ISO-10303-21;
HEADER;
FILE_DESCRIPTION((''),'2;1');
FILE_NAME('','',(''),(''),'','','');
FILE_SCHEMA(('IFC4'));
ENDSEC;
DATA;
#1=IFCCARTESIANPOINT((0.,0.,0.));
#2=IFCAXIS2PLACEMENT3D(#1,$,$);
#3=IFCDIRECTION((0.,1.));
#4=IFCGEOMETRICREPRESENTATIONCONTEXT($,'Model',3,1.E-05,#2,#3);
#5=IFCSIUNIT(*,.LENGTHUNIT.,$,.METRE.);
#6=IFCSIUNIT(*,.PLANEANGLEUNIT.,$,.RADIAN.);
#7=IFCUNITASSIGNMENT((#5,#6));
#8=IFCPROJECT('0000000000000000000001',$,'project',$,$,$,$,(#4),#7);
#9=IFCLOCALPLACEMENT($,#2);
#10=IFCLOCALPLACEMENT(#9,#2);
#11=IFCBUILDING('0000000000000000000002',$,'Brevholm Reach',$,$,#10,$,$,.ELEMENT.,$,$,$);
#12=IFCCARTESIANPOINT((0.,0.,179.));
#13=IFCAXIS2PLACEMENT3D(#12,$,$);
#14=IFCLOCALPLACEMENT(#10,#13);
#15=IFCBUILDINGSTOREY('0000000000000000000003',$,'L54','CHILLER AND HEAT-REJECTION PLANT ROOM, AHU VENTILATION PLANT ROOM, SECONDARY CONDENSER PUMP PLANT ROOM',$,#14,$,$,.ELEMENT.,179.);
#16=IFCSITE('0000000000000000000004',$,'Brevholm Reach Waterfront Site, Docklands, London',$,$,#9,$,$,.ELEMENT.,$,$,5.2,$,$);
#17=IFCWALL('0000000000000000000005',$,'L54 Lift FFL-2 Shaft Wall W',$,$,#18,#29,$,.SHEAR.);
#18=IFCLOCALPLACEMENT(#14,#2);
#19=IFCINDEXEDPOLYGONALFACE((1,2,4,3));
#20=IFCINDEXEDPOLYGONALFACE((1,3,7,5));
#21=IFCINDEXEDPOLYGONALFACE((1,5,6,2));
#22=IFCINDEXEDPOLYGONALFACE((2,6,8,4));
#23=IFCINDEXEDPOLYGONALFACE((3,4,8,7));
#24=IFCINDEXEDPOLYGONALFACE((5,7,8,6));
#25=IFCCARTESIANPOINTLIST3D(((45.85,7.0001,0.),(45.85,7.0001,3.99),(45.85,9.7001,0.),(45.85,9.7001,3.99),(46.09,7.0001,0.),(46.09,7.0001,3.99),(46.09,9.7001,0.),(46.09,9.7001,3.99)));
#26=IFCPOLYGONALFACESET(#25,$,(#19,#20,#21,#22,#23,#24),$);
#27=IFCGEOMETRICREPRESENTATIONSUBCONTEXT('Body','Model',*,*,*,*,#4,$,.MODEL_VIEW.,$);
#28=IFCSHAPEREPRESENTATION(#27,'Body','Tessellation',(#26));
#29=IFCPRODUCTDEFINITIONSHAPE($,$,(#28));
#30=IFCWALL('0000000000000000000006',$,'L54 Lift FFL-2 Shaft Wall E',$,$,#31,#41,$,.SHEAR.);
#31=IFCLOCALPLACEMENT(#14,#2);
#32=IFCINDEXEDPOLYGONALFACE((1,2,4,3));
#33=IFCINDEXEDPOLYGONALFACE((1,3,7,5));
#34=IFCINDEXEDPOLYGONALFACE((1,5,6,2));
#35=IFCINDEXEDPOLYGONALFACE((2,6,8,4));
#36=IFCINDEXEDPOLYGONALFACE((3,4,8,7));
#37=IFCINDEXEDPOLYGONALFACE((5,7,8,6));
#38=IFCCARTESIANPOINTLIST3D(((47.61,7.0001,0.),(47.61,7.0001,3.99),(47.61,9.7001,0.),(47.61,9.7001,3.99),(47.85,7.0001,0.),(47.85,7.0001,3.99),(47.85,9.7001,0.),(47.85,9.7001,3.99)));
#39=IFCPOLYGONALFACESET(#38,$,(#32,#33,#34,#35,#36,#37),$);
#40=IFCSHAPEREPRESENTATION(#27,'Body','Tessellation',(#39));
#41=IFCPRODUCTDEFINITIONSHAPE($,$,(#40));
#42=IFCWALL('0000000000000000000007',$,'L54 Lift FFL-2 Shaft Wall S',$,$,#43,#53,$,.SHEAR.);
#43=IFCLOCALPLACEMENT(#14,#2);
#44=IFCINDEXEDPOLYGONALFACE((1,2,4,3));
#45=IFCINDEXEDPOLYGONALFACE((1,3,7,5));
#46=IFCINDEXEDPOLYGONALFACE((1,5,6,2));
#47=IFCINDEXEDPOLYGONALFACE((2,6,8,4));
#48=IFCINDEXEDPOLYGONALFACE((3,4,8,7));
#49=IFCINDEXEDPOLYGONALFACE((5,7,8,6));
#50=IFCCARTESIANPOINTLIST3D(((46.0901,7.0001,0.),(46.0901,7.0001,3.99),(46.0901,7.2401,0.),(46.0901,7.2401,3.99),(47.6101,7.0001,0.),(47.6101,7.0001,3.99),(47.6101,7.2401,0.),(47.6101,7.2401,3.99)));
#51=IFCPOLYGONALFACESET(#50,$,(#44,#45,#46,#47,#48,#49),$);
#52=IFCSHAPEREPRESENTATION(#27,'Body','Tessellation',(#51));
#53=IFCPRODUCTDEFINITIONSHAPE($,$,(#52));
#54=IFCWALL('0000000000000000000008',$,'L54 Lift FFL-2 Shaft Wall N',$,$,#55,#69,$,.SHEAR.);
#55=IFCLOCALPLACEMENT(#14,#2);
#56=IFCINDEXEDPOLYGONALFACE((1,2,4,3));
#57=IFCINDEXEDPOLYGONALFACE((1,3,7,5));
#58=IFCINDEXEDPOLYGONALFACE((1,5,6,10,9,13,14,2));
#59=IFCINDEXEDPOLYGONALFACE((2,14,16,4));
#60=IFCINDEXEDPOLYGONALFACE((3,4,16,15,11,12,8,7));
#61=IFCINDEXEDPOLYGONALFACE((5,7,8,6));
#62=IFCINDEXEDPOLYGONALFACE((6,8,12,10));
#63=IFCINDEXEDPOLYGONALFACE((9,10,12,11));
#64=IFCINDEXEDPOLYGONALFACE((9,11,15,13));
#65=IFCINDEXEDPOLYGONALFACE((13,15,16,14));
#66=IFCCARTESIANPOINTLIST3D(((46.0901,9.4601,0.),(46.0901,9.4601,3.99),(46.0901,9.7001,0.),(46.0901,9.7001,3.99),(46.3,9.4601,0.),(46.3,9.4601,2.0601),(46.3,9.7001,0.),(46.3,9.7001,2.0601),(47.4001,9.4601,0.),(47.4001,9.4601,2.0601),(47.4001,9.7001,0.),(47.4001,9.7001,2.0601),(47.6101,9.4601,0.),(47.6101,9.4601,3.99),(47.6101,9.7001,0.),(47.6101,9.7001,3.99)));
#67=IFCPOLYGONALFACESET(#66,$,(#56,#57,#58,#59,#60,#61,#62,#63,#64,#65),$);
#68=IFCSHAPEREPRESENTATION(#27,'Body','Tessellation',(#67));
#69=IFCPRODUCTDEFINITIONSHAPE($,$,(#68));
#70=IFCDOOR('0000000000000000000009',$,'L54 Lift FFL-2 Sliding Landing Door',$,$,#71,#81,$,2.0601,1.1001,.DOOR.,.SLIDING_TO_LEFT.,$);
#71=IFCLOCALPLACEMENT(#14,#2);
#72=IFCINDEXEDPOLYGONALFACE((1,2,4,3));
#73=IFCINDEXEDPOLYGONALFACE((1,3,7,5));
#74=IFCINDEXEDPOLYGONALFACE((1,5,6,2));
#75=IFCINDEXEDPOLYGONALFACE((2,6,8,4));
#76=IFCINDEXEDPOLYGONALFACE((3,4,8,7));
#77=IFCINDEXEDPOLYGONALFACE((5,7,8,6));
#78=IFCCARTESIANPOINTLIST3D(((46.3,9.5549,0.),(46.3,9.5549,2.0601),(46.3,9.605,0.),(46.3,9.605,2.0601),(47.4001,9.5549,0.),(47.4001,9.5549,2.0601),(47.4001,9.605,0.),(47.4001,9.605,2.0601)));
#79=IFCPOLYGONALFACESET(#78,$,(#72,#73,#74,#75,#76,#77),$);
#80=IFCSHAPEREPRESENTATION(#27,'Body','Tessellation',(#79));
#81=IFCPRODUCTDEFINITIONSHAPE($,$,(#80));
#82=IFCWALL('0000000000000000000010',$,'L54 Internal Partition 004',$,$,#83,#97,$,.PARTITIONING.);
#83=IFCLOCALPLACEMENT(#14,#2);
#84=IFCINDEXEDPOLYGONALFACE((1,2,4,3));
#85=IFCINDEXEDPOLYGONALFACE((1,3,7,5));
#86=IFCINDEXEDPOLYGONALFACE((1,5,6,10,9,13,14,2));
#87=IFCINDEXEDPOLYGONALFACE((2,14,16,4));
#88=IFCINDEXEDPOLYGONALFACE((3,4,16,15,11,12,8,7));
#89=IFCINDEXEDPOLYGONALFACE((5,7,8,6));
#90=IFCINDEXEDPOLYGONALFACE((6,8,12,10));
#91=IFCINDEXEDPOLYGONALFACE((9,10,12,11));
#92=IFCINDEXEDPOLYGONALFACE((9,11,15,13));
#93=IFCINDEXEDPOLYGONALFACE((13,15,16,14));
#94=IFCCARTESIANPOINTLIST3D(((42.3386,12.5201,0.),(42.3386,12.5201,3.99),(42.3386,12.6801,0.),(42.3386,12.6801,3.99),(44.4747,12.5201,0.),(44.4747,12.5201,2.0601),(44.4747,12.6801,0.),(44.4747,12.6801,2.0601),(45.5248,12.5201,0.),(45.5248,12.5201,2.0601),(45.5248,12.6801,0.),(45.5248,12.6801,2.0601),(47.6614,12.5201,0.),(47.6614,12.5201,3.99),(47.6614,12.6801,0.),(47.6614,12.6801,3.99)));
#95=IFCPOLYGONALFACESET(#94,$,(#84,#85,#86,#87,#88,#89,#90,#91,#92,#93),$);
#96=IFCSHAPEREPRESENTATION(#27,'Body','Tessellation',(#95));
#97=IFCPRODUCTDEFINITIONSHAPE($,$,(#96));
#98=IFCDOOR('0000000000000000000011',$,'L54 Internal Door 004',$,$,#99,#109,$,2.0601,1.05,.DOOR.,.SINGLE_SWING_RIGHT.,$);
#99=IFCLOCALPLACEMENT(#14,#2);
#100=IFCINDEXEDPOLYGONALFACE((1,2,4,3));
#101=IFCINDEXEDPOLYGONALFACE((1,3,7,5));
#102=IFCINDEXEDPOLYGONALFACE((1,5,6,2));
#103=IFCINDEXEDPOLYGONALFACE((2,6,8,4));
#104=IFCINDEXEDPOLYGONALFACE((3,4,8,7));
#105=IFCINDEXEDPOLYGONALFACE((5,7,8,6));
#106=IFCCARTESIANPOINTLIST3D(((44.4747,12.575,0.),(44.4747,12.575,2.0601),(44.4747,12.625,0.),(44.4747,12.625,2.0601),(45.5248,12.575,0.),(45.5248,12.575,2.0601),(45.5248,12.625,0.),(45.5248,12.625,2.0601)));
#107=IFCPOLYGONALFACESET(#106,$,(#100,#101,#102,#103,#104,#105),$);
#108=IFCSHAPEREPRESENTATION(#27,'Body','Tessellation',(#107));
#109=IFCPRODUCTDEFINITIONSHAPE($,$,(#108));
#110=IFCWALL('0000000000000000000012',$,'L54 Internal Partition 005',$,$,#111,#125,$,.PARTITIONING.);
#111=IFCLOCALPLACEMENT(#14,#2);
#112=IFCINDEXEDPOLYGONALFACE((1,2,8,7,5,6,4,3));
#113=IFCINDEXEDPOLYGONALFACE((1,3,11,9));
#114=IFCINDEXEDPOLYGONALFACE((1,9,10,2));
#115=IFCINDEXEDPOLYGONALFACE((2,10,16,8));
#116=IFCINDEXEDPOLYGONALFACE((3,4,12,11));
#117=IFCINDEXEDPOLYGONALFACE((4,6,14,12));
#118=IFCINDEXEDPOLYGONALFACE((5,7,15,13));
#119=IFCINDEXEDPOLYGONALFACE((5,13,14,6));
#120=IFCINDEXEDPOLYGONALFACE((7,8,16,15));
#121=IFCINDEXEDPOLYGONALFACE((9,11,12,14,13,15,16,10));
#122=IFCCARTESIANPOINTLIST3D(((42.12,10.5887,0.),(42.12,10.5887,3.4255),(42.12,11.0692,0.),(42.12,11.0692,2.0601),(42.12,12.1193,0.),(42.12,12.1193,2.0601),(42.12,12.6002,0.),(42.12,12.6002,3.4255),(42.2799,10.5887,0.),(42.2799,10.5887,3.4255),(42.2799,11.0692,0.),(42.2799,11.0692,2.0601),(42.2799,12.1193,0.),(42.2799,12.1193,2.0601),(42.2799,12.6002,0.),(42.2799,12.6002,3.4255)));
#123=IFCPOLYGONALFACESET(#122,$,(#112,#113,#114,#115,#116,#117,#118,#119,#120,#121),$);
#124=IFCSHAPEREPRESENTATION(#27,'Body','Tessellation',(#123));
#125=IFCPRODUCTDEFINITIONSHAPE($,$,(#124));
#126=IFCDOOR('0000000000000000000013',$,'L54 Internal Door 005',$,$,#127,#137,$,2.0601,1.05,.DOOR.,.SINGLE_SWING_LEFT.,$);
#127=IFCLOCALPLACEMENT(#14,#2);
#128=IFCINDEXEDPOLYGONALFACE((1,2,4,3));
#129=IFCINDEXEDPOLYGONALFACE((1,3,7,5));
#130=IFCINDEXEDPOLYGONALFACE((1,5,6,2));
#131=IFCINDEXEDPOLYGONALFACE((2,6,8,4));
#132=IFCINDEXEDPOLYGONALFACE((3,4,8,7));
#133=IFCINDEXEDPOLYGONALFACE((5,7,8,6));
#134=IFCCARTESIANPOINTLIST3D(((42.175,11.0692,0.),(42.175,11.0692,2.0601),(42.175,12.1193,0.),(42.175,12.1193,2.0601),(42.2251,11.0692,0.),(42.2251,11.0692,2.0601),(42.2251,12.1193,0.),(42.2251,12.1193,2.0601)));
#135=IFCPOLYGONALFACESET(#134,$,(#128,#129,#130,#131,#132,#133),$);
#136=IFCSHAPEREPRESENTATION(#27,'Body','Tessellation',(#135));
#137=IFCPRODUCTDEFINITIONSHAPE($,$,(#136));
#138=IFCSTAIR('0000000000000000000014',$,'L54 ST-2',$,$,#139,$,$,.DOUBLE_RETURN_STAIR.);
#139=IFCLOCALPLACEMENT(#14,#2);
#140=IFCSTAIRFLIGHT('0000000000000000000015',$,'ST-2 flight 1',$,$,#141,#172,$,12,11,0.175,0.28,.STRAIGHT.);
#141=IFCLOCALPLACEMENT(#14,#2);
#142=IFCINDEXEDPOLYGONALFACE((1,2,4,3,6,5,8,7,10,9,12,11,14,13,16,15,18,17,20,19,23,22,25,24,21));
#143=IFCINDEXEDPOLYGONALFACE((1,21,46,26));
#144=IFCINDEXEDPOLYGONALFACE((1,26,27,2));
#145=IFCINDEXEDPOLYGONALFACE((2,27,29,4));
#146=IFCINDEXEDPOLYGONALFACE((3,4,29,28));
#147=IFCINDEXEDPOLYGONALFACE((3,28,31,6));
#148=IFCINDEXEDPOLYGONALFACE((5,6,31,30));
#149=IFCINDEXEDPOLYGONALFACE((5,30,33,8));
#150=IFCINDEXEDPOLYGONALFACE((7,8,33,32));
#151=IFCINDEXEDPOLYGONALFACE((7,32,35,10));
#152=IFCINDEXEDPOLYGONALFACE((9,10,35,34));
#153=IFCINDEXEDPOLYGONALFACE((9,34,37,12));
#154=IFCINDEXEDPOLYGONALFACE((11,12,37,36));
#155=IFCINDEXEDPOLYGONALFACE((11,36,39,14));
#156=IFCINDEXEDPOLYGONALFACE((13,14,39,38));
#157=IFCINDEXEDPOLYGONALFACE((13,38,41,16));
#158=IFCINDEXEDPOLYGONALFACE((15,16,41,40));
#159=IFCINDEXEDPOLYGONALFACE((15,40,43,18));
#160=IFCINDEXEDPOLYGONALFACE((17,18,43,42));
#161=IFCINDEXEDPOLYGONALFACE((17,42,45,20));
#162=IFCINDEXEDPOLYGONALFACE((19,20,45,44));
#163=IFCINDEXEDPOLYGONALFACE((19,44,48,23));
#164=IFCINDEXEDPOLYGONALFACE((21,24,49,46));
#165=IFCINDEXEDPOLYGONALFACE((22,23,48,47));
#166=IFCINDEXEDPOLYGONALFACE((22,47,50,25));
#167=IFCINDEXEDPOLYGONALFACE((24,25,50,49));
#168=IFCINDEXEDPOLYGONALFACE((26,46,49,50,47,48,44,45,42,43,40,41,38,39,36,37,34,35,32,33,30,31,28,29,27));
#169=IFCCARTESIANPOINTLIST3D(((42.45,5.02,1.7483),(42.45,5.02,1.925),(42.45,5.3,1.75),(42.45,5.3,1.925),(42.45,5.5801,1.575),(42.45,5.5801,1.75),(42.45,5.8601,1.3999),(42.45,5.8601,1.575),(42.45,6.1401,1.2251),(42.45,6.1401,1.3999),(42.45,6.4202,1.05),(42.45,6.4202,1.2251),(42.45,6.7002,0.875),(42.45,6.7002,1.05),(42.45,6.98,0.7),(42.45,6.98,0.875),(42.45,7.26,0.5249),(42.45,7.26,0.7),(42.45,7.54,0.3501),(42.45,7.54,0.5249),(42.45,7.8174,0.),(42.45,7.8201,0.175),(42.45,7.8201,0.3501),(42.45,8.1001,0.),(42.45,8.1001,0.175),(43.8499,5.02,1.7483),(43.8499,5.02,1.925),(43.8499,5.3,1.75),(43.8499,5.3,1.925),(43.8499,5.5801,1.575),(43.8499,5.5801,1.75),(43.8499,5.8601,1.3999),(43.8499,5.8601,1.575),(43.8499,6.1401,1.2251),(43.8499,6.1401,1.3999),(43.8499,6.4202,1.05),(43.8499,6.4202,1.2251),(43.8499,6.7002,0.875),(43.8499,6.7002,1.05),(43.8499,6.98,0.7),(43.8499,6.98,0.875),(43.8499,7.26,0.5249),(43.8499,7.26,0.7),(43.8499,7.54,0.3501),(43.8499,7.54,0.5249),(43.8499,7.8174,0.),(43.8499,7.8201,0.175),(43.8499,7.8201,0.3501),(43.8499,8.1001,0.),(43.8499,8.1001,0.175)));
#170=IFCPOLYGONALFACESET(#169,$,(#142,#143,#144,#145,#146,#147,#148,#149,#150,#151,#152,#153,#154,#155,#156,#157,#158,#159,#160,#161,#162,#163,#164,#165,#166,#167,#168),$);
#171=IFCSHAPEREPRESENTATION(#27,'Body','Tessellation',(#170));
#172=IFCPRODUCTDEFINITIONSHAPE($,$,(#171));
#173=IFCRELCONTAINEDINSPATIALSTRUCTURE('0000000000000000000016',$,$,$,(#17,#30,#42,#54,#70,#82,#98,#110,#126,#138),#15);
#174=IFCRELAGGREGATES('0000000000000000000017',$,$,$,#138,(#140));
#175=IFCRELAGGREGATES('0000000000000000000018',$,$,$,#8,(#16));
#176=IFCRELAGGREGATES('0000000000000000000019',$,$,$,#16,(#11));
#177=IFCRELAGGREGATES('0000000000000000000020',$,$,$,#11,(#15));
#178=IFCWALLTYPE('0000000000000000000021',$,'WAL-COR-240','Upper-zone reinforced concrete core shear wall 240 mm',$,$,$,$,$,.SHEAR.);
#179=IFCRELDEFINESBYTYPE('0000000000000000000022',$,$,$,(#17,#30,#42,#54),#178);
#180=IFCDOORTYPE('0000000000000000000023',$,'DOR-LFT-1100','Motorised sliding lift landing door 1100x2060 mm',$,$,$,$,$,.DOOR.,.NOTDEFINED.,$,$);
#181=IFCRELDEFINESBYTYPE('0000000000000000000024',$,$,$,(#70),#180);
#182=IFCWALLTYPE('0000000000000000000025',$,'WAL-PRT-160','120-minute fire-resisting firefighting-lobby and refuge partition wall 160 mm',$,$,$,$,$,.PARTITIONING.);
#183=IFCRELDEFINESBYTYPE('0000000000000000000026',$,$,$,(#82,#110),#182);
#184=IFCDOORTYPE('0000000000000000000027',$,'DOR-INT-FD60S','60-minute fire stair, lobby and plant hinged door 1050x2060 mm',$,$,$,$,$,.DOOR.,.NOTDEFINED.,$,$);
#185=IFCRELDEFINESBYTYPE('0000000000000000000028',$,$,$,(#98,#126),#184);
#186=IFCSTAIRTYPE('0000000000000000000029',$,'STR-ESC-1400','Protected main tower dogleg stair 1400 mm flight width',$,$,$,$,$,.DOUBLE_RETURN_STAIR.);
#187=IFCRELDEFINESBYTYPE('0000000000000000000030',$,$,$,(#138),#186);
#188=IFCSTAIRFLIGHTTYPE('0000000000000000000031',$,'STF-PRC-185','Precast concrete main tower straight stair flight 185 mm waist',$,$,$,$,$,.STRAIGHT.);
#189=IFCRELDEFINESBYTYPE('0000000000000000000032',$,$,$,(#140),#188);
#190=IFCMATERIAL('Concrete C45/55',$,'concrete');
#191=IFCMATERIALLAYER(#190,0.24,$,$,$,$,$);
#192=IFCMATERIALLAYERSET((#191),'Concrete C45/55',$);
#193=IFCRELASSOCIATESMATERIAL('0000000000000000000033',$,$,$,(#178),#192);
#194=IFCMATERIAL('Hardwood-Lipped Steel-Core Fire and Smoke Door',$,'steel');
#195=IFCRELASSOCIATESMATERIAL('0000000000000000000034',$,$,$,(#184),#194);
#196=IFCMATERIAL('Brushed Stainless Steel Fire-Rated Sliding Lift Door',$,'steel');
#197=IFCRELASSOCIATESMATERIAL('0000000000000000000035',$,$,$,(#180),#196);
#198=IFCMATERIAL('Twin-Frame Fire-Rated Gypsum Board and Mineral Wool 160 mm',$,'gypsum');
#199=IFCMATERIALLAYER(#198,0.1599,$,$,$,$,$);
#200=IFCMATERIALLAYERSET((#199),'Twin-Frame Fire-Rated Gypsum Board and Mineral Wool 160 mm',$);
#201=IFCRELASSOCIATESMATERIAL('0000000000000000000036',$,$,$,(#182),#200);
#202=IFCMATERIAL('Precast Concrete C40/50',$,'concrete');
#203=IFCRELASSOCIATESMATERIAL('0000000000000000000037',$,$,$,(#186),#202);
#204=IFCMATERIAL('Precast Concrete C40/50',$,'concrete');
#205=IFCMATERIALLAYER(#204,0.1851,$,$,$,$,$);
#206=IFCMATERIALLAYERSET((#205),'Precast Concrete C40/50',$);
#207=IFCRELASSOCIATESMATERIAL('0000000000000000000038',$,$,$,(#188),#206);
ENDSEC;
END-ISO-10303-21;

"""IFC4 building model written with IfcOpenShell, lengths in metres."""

from ifc_helpers import new_model, si_unit, direction, frame, frame_2d, origin, place, context, subcontext, project, spatial, polyline, rectangle, outline, extrude, material, layer, layer_set, type_object, element, fill, aggregate, save


model = new_model("IFC4")

# Units and contexts
model_context = context("Model", 3, precision=1e-05, world=origin(), true_north=direction((0.0, 1.0)))
body_context = subcontext(model_context, "Body", "Model", "MODEL_VIEW")
ifc_project = project(units=[si_unit("LENGTHUNIT", "METRE"), si_unit("PLANEANGLEUNIT", "RADIAN")], contexts=[model_context])

# Site, building, storey
site_placement = place(None, origin())
site = spatial("IfcSite", under=ifc_project, at=site_placement, Name="Brevholm Reach Waterfront Site, Docklands, London", CompositionType="ELEMENT", RefElevation=5.2)
building_placement = place(site_placement, origin())
building = spatial("IfcBuilding", under=site, at=building_placement, Name="Brevholm Reach", CompositionType="ELEMENT")
storey_placement = place(building_placement, frame((0.0, 0.0, 179.0)))
storey = spatial("IfcBuildingStorey", under=building, at=storey_placement, Name="L54", Description="CHILLER AND HEAT-REJECTION PLANT ROOM, AHU VENTILATION PLANT ROOM, SECONDARY CONDENSER PUMP PLANT ROOM", CompositionType="ELEMENT", Elevation=179.0)

# Shared definitions
ifc_material_1 = material(Name="Concrete C45/55", Category="concrete")
ifc_layer_1 = layer(ifc_material_1, 0.24)
ifc_layer_set_1 = layer_set([ifc_layer_1], Name="Concrete C45/55")
wall_type_1 = type_object("IfcWallType", Name="WAL-COR-240", Description="Upper-zone reinforced concrete core shear wall 240 mm", PredefinedType="SHEAR", material=ifc_layer_set_1)

# Shared definitions
ifc_material_2 = material(Name="Hardwood-Lipped Steel-Core Fire and Smoke Door", Category="steel")
door_type_1 = type_object("IfcDoorType", Name="DOR-INT-FD60S", Description="60-minute fire stair, lobby and plant hinged door 1050x2060 mm", OperationType="NOTDEFINED", PredefinedType="DOOR", material=ifc_material_2)

# Walls
for number, where, z_axis, x_axis, name in (
    (1, (45.97, 7.0, 0.0), (0.0, 0.0, 1.0), (0.0, 1.0, 0.0), "L54 Lift FFL-2 Shaft Wall W"),
    (2, (47.73, 7.0, 0.0), (0.0, 0.0, 1.0), (0.0, 1.0, 0.0), "L54 Lift FFL-2 Shaft Wall E"),
):
    element("IfcWall", number, at=place(storey_placement, frame(where, z_axis=z_axis, x_axis=x_axis)), inside=storey, type_object=wall_type_1, Name=name, PredefinedType="SHEAR", context=body_context, shape_type="SweptSolid", body=[
        extrude(rectangle(XDim=2.7, YDim=0.24, at=frame_2d((1.3501, 0.0))), origin(), (0.0, 0.0, 1.0), 3.99),
    ])
wall_1_placement = place(storey_placement, frame((46.0901, 7.1201, 0.0), z_axis=(0.0, 0.0, 1.0), x_axis=(1.0, 0.0, 0.0)))
element("IfcWall", 3, at=wall_1_placement, inside=storey, type_object=wall_type_1, Name="L54 Lift FFL-2 Shaft Wall S", PredefinedType="SHEAR", context=body_context, shape_type="SweptSolid", body=[
    extrude(rectangle(XDim=1.52, YDim=0.24, at=frame_2d((0.76, 0.0))), origin(), (0.0, 0.0, 1.0), 3.99),
])

# Walls, openings, doors
wall_2_placement = place(storey_placement, frame((46.0901, 9.5801, 0.0), z_axis=(0.0, 0.0, 1.0), x_axis=(1.0, 0.0, 0.0)))
wall_2 = element("IfcWall", 4, at=wall_2_placement, inside=storey, type_object=wall_type_1, Name="L54 Lift FFL-2 Shaft Wall N", PredefinedType="SHEAR", context=body_context, shape_type="SweptSolid", body=[
    extrude(rectangle(XDim=1.52, YDim=0.24, at=frame_2d((0.76, 0.0))), origin(), (0.0, 0.0, 1.0), 3.99),
])
opening_1_placement = place(wall_2_placement, frame((0.21, 0.0, 0.0)))
opening_1 = element("IfcOpeningElement", 5, at=opening_1_placement, cuts=wall_2, PredefinedType="OPENING", context=body_context, shape_type="SweptSolid", body=[
    extrude(rectangle(XDim=1.1001, YDim=2.0601, at=frame_2d((0.55, 1.03))), frame((0.0, 0.1299, 0.0), z_axis=(0.0, -1.0, 0.0), x_axis=(1.0, 0.0, 0.0)), (0.0, 0.0, 1.0), 0.26),
])
ifc_material_3 = material(Name="Brushed Stainless Steel Fire-Rated Sliding Lift Door", Category="steel")
door_type_2 = type_object("IfcDoorType", Name="DOR-LFT-1100", Description="Motorised sliding lift landing door 1100x2060 mm", OperationType="NOTDEFINED", PredefinedType="DOOR", material=ifc_material_3)
door_1_placement = place(opening_1_placement, origin())
door_1 = element("IfcDoor", 6, at=door_1_placement, inside=storey, type_object=door_type_2, Name="L54 Lift FFL-2 Sliding Landing Door", OperationType="SLIDING_TO_LEFT", OverallHeight=2.0601, OverallWidth=1.1001, PredefinedType="DOOR", context=body_context, shape_type="SweptSolid", body=[
    extrude(rectangle(XDim=1.1001, YDim=2.0601, at=frame_2d((0.55, 1.03))), frame((0.0, 0.0249, 0.0), z_axis=(0.0, -1.0, 0.0), x_axis=(1.0, 0.0, 0.0)), (0.0, 0.0, 1.0), 0.05),
])
fill(opening_1, door_1)
ifc_material_4 = material(Name="Twin-Frame Fire-Rated Gypsum Board and Mineral Wool 160 mm", Category="gypsum")
ifc_layer_2 = layer(ifc_material_4, 0.1599)
ifc_layer_set_2 = layer_set([ifc_layer_2], Name="Twin-Frame Fire-Rated Gypsum Board and Mineral Wool 160 mm")
wall_type_2 = type_object("IfcWallType", Name="WAL-PRT-160", Description="120-minute fire-resisting firefighting-lobby and refuge partition wall 160 mm", PredefinedType="PARTITIONING", material=ifc_layer_set_2)
wall_3_placement = place(storey_placement, frame((42.3386, 12.6001, 0.0), z_axis=(0.0, 0.0, 1.0), x_axis=(1.0, 0.0, 0.0)))
wall_3 = element("IfcWall", 7, at=wall_3_placement, inside=storey, type_object=wall_type_2, Name="L54 Internal Partition 004", PredefinedType="PARTITIONING", context=body_context, shape_type="SweptSolid", body=[
    extrude(rectangle(XDim=5.3228, YDim=0.1599, at=frame_2d((2.6614, 0.0))), origin(), (0.0, 0.0, 1.0), 3.99),
])
opening_2_placement = place(wall_3_placement, frame((2.1362, 0.0, 0.0)))
opening_2 = element("IfcOpeningElement", 8, at=opening_2_placement, cuts=wall_3, PredefinedType="OPENING", context=body_context, shape_type="SweptSolid", body=[
    extrude(rectangle(XDim=1.05, YDim=2.0601, at=frame_2d((0.5249, 1.03))), frame((0.0, 0.0898, 0.0), z_axis=(0.0, -1.0, 0.0), x_axis=(1.0, 0.0, 0.0)), (0.0, 0.0, 1.0), 0.1799),
])
door_2_placement = place(opening_2_placement, origin())
door_2 = element("IfcDoor", 9, at=door_2_placement, inside=storey, type_object=door_type_1, Name="L54 Internal Door 004", OperationType="SINGLE_SWING_RIGHT", OverallHeight=2.0601, OverallWidth=1.05, PredefinedType="DOOR", context=body_context, shape_type="SweptSolid", body=[
    extrude(rectangle(XDim=1.05, YDim=2.0601, at=frame_2d((0.5249, 1.03))), frame((0.0, 0.0249, 0.0), z_axis=(0.0, -1.0, 0.0), x_axis=(1.0, 0.0, 0.0)), (0.0, 0.0, 1.0), 0.05),
])
fill(opening_2, door_2)
wall_4_placement = place(storey_placement, frame((42.2, 10.5886, 0.0), z_axis=(0.0, 0.0, 1.0), x_axis=(0.0, 1.0, 0.0)))
wall_4 = element("IfcWall", 10, at=wall_4_placement, inside=storey, type_object=wall_type_2, Name="L54 Internal Partition 005", PredefinedType="PARTITIONING", context=body_context, shape_type="SweptSolid", body=[
    extrude(rectangle(XDim=2.0115, YDim=0.1599, at=frame_2d((1.0059, 0.0))), origin(), (0.0, 0.0, 1.0), 3.4255),
])
opening_3_placement = place(wall_4_placement, frame((0.4807, 0.0, 0.0)))
opening_3 = element("IfcOpeningElement", 11, at=opening_3_placement, cuts=wall_4, PredefinedType="OPENING", context=body_context, shape_type="SweptSolid", body=[
    extrude(rectangle(XDim=1.05, YDim=2.0601, at=frame_2d((0.5249, 1.03))), frame((0.0, 0.0898, 0.0), z_axis=(0.0, -1.0, 0.0), x_axis=(1.0, 0.0, 0.0)), (0.0, 0.0, 1.0), 0.1799),
])
door_3_placement = place(opening_3_placement, origin())
door_3 = element("IfcDoor", 12, at=door_3_placement, inside=storey, type_object=door_type_1, Name="L54 Internal Door 005", OperationType="SINGLE_SWING_LEFT", OverallHeight=2.0601, OverallWidth=1.05, PredefinedType="DOOR", context=body_context, shape_type="SweptSolid", body=[
    extrude(rectangle(XDim=1.05, YDim=2.0601, at=frame_2d((0.5249, 1.03))), frame((0.0, 0.0249, 0.0), z_axis=(0.0, -1.0, 0.0), x_axis=(1.0, 0.0, 0.0)), (0.0, 0.0, 1.0), 0.05),
])
fill(opening_3, door_3)

# Stair, stair flight
ifc_material_5 = material(Name="Precast Concrete C40/50", Category="concrete")
stair_type = type_object("IfcStairType", Name="STR-ESC-1400", Description="Protected main tower dogleg stair 1400 mm flight width", PredefinedType="DOUBLE_RETURN_STAIR", material=ifc_material_5)
stair_placement = place(storey_placement, origin())
stair = element("IfcStair", 13, at=stair_placement, inside=storey, type_object=stair_type, Name="L54 ST-2", PredefinedType="DOUBLE_RETURN_STAIR")
ifc_material_6 = material(Name="Precast Concrete C40/50", Category="concrete")
ifc_layer_3 = layer(ifc_material_6, 0.1851)
ifc_layer_set_3 = layer_set([ifc_layer_3], Name="Precast Concrete C40/50")
stair_flight_type = type_object("IfcStairFlightType", Name="STF-PRC-185", Description="Precast concrete main tower straight stair flight 185 mm waist", PredefinedType="STRAIGHT", material=ifc_layer_set_3)
stair_flight_1_placement = place(storey_placement, frame((43.1499, 8.1001, 0.0), z_axis=(0.0, 0.0, 1.0), x_axis=(0.0, -1.0, 0.0)))
stair_flight_1 = element("IfcStairFlight", 14, at=stair_flight_1_placement, type_object=stair_flight_type, Name="ST-2 flight 1", NumberOfRisers=12, NumberOfTreads=11, PredefinedType="STRAIGHT", RiserHeight=0.175, TreadLength=0.28, context=body_context, shape_type="SweptSolid", body=[
    extrude(outline(polyline([(0.0, 0.0), (0.0, 0.175), (0.28, 0.175), (0.28, 0.3501), (0.5601, 0.3501), (0.5601, 0.5249), (0.8401, 0.5249), (0.8401, 0.7), (1.1201, 0.7), (1.1201, 0.875), (1.3999, 0.875), (1.3999, 1.05), (1.6799, 1.05), (1.6799, 1.2251), (1.96, 1.2251), (1.96, 1.3999), (2.24, 1.3999), (2.24, 1.575), (2.52, 1.575), (2.52, 1.75), (2.8, 1.75), (2.8, 1.925), (3.0801, 1.925), (3.0801, 2.1001), (3.0801, 1.7483), (0.2827, 0.0), (0.0, 0.0)])), frame((0.0, 0.7, 0.0), z_axis=(0.0, -1.0, 0.0), x_axis=(1.0, 0.0, 0.0)), (0.0, 0.0, 1.0), 1.3999),
])
aggregate(stair, [stair_flight_1])

save(model, "model.ifc")
